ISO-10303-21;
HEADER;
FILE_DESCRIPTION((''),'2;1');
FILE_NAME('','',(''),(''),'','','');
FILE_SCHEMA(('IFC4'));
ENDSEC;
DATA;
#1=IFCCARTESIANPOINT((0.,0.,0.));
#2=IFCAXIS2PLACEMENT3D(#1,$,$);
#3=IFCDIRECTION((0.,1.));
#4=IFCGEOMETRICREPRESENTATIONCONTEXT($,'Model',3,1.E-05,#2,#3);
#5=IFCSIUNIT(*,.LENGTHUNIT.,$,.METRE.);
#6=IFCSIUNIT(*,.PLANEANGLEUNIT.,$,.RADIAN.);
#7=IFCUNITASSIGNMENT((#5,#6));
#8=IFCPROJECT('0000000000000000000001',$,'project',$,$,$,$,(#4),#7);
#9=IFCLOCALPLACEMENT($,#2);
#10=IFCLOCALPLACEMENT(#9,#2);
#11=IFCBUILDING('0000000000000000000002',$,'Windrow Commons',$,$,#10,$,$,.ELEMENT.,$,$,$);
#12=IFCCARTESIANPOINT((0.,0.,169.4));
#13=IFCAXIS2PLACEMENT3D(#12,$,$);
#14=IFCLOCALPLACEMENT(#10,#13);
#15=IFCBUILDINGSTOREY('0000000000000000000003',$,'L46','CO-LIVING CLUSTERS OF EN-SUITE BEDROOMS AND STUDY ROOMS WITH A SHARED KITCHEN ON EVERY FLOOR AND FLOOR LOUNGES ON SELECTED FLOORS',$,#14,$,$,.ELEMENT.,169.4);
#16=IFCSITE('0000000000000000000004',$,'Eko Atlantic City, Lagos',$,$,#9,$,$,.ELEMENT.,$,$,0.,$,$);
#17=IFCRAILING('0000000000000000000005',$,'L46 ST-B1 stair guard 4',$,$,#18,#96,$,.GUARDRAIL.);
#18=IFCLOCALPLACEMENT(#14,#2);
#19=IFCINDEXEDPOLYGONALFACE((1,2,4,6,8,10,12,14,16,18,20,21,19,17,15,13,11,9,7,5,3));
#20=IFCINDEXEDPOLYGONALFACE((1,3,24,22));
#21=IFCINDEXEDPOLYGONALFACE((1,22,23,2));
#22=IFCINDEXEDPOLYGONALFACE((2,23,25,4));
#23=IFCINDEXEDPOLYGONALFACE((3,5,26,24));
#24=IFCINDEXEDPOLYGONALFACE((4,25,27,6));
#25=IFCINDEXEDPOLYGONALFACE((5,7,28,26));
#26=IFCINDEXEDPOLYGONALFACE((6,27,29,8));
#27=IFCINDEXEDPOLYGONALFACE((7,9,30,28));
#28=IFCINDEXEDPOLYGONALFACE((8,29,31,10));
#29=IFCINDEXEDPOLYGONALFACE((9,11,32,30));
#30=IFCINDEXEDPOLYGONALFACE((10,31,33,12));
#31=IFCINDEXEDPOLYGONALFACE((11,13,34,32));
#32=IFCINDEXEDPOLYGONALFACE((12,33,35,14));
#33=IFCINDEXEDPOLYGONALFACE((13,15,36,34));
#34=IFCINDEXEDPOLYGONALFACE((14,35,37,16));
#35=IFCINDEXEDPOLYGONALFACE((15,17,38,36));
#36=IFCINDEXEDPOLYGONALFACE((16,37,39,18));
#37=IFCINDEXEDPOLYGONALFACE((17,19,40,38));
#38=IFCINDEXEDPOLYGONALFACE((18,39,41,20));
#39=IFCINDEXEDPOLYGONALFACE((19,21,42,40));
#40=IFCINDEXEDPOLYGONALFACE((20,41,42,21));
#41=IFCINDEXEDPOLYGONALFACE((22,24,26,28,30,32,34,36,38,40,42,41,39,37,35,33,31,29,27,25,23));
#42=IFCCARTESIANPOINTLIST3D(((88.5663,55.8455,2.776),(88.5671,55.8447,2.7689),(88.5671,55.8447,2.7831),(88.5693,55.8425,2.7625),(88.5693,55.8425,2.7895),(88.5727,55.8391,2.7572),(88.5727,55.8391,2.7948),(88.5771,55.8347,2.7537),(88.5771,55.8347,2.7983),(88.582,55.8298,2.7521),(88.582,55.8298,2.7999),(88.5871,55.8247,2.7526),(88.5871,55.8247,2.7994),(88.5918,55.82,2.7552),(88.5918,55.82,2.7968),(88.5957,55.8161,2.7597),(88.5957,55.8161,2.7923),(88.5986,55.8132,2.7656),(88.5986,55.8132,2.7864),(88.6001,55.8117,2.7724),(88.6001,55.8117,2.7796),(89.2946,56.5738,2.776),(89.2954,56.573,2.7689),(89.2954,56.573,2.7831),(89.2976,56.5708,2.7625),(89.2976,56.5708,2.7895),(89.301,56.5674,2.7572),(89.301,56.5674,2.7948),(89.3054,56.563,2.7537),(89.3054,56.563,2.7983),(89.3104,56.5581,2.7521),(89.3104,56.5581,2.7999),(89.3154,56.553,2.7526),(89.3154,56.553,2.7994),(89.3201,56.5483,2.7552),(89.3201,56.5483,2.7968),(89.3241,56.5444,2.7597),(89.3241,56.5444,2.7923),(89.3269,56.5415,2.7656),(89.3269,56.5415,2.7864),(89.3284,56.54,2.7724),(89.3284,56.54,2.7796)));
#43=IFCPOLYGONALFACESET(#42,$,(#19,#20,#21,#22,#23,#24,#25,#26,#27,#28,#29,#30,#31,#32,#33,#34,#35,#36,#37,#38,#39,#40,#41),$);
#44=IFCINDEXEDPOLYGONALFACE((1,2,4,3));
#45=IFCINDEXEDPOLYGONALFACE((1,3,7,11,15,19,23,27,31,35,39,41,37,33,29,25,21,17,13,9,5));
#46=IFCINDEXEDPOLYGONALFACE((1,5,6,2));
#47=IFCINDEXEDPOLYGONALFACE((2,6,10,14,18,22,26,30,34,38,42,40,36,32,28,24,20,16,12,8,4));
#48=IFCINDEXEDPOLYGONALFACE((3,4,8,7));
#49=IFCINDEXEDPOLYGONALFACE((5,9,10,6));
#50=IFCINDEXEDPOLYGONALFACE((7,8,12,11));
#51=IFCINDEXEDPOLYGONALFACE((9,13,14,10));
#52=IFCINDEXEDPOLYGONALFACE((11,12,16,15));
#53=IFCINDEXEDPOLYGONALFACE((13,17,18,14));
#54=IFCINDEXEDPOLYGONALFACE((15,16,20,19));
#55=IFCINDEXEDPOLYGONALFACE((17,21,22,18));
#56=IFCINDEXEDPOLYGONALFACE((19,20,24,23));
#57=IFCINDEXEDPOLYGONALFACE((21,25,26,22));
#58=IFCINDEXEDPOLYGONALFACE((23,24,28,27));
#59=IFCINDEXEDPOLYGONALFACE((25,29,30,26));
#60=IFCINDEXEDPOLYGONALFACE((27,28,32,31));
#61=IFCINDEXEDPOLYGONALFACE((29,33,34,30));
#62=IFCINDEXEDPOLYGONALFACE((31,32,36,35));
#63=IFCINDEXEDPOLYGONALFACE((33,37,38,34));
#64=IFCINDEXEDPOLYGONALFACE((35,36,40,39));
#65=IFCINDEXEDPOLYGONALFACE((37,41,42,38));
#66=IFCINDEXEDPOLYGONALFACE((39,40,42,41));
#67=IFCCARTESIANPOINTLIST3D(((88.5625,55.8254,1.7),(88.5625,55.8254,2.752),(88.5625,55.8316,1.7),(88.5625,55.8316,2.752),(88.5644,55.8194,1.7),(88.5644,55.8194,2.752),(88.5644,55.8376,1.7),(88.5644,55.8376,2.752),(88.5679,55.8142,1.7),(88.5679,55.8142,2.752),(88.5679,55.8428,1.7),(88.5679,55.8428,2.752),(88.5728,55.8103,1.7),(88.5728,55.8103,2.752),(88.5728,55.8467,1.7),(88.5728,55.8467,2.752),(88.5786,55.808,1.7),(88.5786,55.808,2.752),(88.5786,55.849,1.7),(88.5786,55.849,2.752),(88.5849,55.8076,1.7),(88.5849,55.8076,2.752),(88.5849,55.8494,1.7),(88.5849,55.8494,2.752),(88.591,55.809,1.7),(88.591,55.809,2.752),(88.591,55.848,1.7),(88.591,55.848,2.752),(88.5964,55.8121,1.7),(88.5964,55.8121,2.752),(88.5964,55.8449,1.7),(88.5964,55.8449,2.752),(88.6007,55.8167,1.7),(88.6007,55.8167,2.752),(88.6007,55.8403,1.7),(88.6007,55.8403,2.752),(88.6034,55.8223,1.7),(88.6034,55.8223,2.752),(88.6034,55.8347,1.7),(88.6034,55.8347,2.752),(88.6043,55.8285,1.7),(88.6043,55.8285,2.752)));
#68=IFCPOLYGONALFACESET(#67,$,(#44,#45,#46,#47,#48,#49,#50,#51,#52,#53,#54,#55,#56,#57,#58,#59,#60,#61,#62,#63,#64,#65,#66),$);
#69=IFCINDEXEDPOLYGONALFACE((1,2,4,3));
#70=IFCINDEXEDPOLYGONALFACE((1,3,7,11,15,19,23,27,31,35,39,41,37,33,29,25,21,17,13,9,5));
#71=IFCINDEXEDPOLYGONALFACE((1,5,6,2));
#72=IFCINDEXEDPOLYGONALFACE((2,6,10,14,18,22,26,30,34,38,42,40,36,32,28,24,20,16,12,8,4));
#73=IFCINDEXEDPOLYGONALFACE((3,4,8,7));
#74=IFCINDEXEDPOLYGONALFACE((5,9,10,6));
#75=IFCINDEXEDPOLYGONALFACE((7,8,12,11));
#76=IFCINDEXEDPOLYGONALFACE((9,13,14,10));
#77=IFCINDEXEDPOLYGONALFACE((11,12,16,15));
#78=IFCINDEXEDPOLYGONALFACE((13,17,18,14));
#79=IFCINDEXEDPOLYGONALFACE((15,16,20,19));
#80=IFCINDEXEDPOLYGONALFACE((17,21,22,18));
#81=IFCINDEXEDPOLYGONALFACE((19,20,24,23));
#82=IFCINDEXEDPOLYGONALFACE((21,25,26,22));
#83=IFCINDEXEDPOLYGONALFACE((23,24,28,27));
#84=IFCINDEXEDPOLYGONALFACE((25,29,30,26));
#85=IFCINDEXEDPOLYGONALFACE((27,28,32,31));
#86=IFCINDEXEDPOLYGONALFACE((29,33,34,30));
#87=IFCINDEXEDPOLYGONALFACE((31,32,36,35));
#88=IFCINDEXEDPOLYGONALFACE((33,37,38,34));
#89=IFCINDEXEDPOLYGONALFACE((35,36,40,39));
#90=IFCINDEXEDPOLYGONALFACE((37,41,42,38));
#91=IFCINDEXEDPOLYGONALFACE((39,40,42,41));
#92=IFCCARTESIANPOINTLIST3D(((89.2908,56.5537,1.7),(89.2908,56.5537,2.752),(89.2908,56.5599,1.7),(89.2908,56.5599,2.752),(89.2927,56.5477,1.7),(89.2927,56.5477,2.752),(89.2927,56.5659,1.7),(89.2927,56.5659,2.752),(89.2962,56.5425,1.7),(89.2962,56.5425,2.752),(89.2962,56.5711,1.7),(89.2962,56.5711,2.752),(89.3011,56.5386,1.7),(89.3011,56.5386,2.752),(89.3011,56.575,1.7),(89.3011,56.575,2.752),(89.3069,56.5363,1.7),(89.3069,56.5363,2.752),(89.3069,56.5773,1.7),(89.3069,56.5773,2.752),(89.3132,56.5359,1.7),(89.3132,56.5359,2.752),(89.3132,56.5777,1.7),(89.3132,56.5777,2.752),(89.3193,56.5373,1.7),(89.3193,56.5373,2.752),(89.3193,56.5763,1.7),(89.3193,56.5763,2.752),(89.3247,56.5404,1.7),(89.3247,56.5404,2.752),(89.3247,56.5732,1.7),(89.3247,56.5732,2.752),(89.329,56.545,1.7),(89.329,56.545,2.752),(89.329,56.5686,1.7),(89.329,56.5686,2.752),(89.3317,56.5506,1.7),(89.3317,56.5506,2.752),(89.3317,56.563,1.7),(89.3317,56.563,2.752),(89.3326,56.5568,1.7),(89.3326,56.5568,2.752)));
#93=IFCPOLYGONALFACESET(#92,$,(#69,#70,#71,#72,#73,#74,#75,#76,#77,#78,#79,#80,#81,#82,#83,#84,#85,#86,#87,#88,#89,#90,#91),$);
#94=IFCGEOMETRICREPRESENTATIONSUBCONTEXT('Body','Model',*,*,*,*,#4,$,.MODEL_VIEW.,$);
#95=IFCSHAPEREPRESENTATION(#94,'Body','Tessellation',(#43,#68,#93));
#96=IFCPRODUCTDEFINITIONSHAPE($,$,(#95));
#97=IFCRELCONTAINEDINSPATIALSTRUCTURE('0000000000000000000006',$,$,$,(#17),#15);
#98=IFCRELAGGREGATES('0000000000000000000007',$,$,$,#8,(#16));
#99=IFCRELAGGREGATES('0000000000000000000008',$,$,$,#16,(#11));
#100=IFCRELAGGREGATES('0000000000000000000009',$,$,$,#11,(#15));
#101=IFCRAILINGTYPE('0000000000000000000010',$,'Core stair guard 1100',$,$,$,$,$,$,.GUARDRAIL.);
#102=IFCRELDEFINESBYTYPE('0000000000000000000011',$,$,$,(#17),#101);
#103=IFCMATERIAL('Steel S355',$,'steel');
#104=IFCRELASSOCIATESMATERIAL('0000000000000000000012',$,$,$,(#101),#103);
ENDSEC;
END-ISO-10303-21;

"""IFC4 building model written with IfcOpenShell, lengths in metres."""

from ifc_helpers import new_model, si_unit, direction, frame, origin, origin_2d, place, context, subcontext, project, spatial, circle, extrude, material, type_object, element, save


model = new_model("IFC4")

# Units and contexts
model_context = context("Model", 3, precision=1e-05, world=origin(), true_north=direction((0.0, 1.0)))
body_context = subcontext(model_context, "Body", "Model", "MODEL_VIEW")
ifc_project = project(units=[si_unit("LENGTHUNIT", "METRE"), si_unit("PLANEANGLEUNIT", "RADIAN")], contexts=[model_context])

# Site, building, storey
site_placement = place(None, origin())
site = spatial("IfcSite", under=ifc_project, at=site_placement, Name="Eko Atlantic City, Lagos", CompositionType="ELEMENT", RefElevation=0.0)
building_placement = place(site_placement, origin())
building = spatial("IfcBuilding", under=site, at=building_placement, Name="Windrow Commons", CompositionType="ELEMENT")
storey_placement = place(building_placement, frame((0.0, 0.0, 169.4)))
storey = spatial("IfcBuildingStorey", under=building, at=storey_placement, Name="L46", Description="CO-LIVING CLUSTERS OF EN-SUITE BEDROOMS AND STUDY ROOMS WITH A SHARED KITCHEN ON EVERY FLOOR AND FLOOR LOUNGES ON SELECTED FLOORS", CompositionType="ELEMENT", Elevation=169.4)

# Railing
ifc_material_1 = material(Name="Steel S355", Category="steel")
railing_type_1 = type_object("IfcRailingType", Name="Core stair guard 1100", PredefinedType="GUARDRAIL", material=ifc_material_1)
railing_1_placement = place(storey_placement, frame((88.5833, 55.8285, 1.7)))
element("IfcRailing", 1, at=railing_1_placement, inside=storey, type_object=railing_type_1, Name="L46 ST-B1 stair guard 4", PredefinedType="GUARDRAIL", context=body_context, shape_type="SweptSolid", body=[
    extrude(circle(Radius=0.024, at=origin_2d()), frame((0.0, 0.0, 1.076), z_axis=(0.707107, 0.707107, 0.0), x_axis=(-0.707107, 0.707107, 0.0)), (0.0, 0.0, 1.0), 1.03),
    extrude(circle(Radius=0.021, at=origin_2d()), origin(), (0.0, 0.0, 1.0), 1.052),
    extrude(circle(Radius=0.021, at=origin_2d()), frame((0.7283, 0.7283, 0.0)), (0.0, 0.0, 1.0), 1.052),
])

save(model, "model.ifc")
